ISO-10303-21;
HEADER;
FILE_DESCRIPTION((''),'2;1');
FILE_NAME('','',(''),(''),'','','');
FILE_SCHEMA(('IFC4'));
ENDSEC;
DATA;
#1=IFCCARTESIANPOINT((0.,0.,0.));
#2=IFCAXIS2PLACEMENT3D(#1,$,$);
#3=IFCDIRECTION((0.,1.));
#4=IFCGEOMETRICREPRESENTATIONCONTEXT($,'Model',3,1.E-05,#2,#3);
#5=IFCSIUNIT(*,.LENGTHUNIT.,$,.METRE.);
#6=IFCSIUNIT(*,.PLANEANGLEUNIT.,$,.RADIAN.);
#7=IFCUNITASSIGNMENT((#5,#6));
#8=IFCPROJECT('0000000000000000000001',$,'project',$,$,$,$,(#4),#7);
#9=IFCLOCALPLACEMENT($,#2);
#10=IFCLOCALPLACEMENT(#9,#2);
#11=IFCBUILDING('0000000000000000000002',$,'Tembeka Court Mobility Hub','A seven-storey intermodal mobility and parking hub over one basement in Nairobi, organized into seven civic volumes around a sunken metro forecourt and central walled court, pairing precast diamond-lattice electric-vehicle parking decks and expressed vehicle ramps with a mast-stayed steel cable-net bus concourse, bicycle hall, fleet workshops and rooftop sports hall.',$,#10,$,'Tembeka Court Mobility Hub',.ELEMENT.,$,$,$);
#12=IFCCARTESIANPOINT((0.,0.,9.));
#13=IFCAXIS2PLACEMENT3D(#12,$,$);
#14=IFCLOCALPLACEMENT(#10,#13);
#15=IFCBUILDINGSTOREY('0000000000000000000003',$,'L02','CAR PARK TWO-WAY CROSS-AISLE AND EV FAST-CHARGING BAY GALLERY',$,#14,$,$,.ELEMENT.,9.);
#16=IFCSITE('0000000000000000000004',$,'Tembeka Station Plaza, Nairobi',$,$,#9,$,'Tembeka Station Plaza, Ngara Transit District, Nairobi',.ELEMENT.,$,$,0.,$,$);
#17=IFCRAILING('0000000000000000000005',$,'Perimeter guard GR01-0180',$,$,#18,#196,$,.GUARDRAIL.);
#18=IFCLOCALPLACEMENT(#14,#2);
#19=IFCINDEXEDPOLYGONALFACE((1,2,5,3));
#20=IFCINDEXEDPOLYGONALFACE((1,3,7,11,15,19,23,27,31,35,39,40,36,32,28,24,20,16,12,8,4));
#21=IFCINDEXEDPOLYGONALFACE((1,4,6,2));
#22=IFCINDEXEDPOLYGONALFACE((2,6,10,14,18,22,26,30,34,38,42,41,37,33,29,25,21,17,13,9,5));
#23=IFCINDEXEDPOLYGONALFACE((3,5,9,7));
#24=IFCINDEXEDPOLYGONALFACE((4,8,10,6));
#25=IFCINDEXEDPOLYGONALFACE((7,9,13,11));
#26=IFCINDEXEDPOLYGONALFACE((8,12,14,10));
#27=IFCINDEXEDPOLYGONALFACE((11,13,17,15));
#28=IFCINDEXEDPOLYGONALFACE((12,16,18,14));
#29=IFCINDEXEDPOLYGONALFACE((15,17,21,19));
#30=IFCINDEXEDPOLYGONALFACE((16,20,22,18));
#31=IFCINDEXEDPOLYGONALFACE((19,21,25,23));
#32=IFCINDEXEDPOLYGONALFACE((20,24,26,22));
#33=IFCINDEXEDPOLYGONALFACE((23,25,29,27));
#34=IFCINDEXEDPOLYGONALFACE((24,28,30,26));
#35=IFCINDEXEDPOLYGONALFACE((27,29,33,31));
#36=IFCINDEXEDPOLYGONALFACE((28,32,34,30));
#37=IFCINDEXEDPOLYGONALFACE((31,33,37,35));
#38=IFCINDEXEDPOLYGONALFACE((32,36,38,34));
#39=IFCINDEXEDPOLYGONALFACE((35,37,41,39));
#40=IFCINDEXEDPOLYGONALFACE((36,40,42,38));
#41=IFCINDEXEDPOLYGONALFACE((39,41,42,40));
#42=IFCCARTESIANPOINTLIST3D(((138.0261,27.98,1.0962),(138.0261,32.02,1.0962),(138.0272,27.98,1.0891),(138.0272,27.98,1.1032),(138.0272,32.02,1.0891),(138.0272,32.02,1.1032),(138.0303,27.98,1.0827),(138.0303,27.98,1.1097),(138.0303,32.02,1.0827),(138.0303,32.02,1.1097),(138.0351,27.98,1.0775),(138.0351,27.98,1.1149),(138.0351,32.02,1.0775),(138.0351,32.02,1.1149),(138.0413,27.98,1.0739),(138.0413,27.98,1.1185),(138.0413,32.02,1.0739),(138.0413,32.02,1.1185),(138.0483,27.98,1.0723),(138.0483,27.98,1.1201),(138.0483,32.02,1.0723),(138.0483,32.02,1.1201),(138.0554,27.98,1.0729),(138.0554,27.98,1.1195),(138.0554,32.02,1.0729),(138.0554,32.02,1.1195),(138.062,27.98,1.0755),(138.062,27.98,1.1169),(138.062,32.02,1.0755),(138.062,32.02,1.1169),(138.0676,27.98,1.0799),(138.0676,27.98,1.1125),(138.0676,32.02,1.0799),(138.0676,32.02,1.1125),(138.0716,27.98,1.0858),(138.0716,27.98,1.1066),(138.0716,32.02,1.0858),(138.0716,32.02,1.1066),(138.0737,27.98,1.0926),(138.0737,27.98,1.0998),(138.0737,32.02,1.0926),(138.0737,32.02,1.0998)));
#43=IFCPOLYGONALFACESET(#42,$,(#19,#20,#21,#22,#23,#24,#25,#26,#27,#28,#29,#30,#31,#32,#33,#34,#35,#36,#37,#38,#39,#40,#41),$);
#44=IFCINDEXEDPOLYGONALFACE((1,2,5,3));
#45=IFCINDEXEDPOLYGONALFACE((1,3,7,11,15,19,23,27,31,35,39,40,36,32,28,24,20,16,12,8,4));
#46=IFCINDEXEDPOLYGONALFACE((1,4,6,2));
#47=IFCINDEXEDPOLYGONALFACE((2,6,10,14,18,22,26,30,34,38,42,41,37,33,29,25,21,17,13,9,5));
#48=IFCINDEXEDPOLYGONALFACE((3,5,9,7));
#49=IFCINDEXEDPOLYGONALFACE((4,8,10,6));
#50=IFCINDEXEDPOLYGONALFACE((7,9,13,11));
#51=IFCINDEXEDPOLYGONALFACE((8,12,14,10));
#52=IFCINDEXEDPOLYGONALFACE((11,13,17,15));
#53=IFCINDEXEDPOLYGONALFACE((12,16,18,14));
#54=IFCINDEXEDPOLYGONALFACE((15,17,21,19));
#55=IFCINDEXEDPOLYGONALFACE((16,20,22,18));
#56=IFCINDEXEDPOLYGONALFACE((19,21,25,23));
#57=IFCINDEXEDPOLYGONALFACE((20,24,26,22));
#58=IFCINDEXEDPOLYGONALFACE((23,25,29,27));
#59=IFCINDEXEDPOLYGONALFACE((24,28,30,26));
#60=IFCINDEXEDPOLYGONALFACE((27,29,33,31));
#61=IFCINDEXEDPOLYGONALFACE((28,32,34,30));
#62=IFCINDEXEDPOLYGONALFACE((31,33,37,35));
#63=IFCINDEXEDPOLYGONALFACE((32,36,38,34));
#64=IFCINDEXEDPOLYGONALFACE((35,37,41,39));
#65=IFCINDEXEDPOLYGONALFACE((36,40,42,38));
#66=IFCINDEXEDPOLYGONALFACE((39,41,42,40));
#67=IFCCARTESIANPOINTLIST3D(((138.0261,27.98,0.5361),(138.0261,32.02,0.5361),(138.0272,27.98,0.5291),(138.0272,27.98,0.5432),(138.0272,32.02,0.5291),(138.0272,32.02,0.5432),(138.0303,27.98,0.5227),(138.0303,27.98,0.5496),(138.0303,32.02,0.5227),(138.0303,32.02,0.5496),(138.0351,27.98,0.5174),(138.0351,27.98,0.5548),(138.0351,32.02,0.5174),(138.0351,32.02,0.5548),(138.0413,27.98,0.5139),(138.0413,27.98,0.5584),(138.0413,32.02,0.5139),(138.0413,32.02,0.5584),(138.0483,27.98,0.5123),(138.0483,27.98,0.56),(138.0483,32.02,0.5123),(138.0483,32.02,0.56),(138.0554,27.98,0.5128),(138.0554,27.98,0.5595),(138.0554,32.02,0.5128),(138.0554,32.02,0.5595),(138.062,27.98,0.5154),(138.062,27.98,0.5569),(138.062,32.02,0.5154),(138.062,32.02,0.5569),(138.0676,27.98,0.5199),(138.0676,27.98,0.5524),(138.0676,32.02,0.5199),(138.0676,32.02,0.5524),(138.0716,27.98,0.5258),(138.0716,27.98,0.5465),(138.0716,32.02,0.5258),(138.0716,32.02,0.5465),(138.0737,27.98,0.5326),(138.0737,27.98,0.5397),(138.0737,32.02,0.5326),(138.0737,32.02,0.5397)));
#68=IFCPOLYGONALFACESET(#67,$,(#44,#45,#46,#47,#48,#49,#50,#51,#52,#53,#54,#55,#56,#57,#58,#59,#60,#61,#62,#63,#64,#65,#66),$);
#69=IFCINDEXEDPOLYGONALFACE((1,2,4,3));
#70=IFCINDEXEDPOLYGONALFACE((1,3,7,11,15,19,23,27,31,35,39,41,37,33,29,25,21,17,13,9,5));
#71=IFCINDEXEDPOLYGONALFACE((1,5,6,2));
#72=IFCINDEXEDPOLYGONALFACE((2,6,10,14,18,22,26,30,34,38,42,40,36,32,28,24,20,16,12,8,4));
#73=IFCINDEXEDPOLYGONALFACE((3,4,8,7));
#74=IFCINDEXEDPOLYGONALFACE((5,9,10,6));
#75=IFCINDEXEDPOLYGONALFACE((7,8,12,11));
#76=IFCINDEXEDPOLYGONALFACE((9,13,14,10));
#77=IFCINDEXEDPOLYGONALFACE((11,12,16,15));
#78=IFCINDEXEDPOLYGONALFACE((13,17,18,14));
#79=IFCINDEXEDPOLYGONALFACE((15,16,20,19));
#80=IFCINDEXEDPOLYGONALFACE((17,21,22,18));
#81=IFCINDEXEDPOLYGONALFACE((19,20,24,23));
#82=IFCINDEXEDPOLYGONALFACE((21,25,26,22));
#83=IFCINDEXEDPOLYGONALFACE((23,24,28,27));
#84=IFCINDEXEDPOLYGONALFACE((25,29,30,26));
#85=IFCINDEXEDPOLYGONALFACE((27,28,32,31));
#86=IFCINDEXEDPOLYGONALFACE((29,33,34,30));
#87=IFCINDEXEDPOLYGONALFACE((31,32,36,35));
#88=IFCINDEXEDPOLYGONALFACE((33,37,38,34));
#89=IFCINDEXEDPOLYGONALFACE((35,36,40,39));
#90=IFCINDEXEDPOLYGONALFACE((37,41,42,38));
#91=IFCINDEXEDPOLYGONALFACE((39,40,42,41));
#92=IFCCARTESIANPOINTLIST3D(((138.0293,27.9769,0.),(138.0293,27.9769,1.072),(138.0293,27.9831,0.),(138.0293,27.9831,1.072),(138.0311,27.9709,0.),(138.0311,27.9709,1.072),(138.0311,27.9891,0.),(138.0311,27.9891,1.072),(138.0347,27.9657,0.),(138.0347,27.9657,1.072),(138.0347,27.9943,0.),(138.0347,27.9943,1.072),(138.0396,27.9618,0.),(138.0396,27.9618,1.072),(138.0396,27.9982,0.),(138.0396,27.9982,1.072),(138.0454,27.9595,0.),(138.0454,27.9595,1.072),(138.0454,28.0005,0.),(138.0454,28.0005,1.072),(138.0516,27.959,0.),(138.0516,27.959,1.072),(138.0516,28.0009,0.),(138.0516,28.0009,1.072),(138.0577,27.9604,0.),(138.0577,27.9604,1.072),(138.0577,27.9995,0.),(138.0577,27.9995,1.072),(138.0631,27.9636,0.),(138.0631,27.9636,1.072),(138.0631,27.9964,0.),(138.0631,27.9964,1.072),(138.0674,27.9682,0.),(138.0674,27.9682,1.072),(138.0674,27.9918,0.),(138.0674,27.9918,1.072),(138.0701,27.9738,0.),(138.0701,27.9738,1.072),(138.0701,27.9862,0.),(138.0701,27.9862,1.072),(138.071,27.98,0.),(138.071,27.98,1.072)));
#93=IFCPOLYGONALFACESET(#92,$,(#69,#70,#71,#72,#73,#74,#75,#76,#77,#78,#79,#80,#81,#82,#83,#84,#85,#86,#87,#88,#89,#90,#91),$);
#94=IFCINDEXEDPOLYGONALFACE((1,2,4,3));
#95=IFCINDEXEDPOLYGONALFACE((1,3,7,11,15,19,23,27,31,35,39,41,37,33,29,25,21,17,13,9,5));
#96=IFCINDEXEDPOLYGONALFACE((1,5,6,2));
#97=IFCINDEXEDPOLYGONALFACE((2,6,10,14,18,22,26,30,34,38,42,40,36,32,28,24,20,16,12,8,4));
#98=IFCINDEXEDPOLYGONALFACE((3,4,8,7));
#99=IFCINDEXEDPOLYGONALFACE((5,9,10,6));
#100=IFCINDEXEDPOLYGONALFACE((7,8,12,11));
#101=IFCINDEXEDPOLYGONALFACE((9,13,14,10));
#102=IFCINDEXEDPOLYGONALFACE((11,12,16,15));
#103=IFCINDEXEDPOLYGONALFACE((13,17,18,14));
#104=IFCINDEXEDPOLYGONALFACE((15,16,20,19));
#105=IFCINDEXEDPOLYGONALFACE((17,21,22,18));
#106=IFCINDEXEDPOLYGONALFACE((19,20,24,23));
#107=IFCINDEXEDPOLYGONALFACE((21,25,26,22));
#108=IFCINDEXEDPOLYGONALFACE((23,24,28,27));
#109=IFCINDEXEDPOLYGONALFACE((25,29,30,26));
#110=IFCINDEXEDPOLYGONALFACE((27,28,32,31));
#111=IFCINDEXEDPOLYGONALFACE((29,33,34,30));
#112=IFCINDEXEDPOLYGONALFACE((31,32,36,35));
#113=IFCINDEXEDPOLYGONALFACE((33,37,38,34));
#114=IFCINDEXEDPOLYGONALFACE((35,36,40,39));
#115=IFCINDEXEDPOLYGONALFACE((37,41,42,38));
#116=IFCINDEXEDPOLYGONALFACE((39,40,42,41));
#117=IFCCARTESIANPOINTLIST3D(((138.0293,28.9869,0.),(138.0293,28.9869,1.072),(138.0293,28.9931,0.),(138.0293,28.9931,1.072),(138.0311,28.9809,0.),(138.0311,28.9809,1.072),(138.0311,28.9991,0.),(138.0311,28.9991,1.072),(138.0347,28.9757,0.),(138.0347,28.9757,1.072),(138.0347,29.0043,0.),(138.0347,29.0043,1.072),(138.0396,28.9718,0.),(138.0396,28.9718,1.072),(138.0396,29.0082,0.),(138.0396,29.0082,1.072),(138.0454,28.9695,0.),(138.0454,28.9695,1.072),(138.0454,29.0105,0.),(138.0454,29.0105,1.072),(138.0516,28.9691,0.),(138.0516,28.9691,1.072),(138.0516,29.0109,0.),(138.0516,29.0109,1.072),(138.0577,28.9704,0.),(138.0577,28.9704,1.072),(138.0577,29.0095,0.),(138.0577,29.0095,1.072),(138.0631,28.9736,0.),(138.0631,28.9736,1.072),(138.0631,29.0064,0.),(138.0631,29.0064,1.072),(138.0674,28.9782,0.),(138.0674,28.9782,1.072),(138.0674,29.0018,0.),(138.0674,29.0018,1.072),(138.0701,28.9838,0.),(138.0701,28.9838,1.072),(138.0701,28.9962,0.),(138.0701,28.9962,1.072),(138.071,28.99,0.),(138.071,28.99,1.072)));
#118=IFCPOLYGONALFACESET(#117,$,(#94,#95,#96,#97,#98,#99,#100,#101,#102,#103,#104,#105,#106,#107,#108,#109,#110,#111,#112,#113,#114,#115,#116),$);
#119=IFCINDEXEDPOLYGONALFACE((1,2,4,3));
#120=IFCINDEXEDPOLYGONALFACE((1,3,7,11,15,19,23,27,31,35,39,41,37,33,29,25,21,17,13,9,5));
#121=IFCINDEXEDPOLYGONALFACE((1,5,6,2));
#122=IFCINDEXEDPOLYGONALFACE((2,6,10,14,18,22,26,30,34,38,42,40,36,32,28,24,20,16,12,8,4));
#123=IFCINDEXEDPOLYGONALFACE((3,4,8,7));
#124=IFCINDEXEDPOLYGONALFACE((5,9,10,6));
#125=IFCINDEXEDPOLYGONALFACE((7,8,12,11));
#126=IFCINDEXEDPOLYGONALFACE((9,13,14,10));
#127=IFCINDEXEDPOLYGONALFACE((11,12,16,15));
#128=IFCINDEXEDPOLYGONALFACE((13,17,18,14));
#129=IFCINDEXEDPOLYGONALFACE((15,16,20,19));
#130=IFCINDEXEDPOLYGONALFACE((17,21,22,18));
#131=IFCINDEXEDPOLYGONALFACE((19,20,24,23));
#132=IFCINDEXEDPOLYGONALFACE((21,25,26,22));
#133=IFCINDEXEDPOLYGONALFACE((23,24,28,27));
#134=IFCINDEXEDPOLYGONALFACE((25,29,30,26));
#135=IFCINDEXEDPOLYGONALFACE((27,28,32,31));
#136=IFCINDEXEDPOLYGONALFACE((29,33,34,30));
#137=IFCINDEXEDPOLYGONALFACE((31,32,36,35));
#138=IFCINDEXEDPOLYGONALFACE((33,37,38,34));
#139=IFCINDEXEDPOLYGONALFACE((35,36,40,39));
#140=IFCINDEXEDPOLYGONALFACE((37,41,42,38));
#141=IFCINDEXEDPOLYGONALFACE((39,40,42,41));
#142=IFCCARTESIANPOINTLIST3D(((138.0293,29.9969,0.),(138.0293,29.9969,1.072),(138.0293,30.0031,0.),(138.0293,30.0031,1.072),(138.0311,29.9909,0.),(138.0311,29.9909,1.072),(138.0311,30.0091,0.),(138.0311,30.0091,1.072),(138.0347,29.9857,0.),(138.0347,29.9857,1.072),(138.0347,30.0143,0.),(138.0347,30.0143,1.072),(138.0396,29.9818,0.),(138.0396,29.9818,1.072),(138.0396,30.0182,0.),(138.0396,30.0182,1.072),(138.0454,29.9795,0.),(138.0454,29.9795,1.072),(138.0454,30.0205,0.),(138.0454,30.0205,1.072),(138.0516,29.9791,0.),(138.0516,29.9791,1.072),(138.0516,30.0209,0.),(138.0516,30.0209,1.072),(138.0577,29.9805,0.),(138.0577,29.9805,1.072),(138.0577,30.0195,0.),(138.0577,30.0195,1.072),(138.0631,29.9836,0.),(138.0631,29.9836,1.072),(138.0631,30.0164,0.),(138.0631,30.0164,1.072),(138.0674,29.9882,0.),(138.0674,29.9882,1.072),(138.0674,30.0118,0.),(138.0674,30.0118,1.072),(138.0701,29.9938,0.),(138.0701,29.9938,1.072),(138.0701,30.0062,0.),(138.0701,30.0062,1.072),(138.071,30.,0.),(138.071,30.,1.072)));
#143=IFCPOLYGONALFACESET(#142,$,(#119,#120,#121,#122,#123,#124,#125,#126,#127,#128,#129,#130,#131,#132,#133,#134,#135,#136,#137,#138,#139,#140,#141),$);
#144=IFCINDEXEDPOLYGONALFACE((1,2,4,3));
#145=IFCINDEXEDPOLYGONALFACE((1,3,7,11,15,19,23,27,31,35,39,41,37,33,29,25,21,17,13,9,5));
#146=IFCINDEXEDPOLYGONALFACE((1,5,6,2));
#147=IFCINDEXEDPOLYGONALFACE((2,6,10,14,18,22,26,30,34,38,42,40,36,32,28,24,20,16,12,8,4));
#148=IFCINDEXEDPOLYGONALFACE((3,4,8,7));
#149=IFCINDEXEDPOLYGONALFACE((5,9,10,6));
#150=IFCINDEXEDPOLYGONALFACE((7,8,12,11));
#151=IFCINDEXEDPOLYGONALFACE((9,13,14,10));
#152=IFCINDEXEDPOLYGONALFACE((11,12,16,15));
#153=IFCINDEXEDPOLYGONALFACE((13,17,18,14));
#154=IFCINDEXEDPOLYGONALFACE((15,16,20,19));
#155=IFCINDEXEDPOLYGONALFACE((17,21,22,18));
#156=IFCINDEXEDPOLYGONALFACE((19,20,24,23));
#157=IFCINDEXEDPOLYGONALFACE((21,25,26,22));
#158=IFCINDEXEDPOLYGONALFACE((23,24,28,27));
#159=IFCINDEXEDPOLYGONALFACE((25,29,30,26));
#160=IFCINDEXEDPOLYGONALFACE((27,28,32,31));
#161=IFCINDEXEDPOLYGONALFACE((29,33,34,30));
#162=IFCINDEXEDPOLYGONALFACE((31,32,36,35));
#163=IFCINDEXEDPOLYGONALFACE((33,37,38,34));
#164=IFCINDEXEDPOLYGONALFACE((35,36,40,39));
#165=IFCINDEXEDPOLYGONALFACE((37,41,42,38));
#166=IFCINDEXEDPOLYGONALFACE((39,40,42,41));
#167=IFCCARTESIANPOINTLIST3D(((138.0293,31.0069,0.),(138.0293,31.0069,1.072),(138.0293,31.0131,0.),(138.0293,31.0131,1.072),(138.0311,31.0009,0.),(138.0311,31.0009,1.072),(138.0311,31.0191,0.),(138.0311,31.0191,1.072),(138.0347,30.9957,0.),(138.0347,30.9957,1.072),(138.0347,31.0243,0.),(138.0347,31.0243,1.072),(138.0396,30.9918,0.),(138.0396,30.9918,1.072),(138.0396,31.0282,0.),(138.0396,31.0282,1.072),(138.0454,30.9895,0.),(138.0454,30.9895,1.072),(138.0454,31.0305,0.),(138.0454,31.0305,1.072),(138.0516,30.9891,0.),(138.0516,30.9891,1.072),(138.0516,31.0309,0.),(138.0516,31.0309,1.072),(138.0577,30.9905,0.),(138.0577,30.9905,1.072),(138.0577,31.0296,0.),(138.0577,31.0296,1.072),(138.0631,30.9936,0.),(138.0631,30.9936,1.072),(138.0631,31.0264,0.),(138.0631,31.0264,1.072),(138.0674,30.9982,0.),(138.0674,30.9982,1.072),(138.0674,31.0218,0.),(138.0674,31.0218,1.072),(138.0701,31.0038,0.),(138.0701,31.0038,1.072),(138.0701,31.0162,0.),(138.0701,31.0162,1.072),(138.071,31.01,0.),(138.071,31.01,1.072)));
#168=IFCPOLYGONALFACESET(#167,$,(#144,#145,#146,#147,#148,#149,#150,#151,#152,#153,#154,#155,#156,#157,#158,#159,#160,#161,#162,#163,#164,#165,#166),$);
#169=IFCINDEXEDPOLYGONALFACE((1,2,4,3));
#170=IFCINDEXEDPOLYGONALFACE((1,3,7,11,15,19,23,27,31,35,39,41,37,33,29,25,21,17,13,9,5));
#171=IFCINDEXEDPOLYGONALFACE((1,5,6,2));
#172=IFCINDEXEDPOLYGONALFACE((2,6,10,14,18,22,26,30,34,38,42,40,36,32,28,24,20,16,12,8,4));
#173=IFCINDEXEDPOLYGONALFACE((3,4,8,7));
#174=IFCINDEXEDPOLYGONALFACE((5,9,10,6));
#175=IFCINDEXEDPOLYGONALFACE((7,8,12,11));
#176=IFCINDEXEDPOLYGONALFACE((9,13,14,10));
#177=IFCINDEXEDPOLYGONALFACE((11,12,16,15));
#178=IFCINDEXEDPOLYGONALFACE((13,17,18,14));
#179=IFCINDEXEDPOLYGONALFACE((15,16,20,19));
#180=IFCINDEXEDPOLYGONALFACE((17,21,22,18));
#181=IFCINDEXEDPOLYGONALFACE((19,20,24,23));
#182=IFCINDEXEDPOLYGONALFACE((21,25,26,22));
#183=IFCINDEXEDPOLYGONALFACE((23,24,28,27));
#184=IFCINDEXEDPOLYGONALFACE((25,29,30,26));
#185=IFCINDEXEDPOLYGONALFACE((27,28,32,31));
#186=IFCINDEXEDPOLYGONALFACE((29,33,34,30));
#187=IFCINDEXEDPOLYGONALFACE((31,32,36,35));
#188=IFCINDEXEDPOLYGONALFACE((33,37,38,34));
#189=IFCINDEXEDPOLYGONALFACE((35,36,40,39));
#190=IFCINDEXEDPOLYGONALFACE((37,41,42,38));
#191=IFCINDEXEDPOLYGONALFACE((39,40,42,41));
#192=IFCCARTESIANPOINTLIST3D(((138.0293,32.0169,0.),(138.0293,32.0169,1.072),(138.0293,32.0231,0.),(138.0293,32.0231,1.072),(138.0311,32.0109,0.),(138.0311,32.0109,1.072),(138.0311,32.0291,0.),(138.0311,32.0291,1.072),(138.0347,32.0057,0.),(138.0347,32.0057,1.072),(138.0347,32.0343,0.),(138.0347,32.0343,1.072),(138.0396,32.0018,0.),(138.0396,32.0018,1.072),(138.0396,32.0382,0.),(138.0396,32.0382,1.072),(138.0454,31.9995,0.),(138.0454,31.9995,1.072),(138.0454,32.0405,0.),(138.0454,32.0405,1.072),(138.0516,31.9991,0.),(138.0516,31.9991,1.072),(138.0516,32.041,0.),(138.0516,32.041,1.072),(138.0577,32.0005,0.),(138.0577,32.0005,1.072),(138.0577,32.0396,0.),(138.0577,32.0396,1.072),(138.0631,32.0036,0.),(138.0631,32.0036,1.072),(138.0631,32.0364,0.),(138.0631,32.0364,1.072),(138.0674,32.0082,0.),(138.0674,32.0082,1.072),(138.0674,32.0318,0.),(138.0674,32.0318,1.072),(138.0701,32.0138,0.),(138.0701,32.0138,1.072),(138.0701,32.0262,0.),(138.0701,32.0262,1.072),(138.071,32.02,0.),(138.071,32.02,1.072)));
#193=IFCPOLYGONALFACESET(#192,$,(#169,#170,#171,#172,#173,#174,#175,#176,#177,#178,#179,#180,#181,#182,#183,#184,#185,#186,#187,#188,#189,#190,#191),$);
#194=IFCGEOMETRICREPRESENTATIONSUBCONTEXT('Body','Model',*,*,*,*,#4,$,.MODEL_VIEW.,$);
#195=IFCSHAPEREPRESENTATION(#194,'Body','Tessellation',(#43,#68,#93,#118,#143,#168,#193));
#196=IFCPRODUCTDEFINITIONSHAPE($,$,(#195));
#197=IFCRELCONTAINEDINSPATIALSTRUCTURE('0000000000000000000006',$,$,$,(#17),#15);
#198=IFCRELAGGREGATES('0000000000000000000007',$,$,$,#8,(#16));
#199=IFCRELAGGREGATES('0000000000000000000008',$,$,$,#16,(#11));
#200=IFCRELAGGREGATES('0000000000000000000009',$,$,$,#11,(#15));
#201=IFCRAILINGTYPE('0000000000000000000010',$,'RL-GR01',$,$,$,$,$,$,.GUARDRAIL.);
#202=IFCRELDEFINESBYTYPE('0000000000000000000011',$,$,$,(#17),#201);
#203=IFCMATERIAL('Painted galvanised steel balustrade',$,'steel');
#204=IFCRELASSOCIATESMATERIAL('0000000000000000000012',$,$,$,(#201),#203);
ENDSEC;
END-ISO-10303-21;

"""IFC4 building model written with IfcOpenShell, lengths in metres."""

from ifc_helpers import new_model, si_unit, direction, frame, origin, origin_2d, place, context, subcontext, project, spatial, circle, extrude, material, type_object, element, save


model = new_model("IFC4")

# Units and contexts
model_context = context("Model", 3, precision=1e-05, world=origin(), true_north=direction((0.0, 1.0)))
body_context = subcontext(model_context, "Body", "Model", "MODEL_VIEW")
ifc_project = project(units=[si_unit("LENGTHUNIT", "METRE"), si_unit("PLANEANGLEUNIT", "RADIAN")], contexts=[model_context])

# Site, building, storey
site_placement = place(None, origin())
site = spatial("IfcSite", under=ifc_project, at=site_placement, Name="Tembeka Station Plaza, Nairobi", LongName="Tembeka Station Plaza, Ngara Transit District, Nairobi", CompositionType="ELEMENT", RefElevation=0.0)
building_placement = place(site_placement, origin())
building = spatial("IfcBuilding", under=site, at=building_placement, Name="Tembeka Court Mobility Hub", Description="A seven-storey intermodal mobility and parking hub over one basement in Nairobi, organized into seven civic volumes around a sunken metro forecourt and central walled court, pairing precast diamond-lattice electric-vehicle parking decks and expressed vehicle ramps with a mast-stayed steel cable-net bus concourse, bicycle hall, fleet workshops and rooftop sports hall.", LongName="Tembeka Court Mobility Hub", CompositionType="ELEMENT")
storey_placement = place(building_placement, frame((0.0, 0.0, 9.0)))
storey = spatial("IfcBuildingStorey", under=building, at=storey_placement, Name="L02", Description="CAR PARK TWO-WAY CROSS-AISLE AND EV FAST-CHARGING BAY GALLERY", CompositionType="ELEMENT", Elevation=9.0)

# Railing
ifc_material_1 = material(Name="Painted galvanised steel balustrade", Category="steel")
railing_type = type_object("IfcRailingType", Name="RL-GR01", PredefinedType="GUARDRAIL", material=ifc_material_1)
railing_1_placement = place(storey_placement, frame((138.05, 27.98, 0.0)))
element("IfcRailing", 1, at=railing_1_placement, inside=storey, type_object=railing_type, Name="Perimeter guard GR01-0180", PredefinedType="GUARDRAIL", context=body_context, shape_type="SweptSolid", body=[
    extrude(circle(Radius=0.0239, at=origin_2d()), frame((0.0, 0.0, 1.0962), z_axis=(0.0, 1.0, 0.0), x_axis=(-1.0, 0.0, 0.0)), (0.0, 0.0, 1.0), 4.04),
    extrude(circle(Radius=0.0239, at=origin_2d()), frame((0.0, 0.0, 0.5361), z_axis=(0.0, 1.0, 0.0), x_axis=(-1.0, 0.0, 0.0)), (0.0, 0.0, 1.0), 4.04),
    extrude(circle(Radius=0.021, at=origin_2d()), origin(), (0.0, 0.0, 1.0), 1.072),
    extrude(circle(Radius=0.021, at=origin_2d()), frame((0.0, 1.01, 0.0)), (0.0, 0.0, 1.0), 1.072),
    extrude(circle(Radius=0.021, at=origin_2d()), frame((0.0, 2.02, 0.0)), (0.0, 0.0, 1.0), 1.072),
    extrude(circle(Radius=0.021, at=origin_2d()), frame((0.0, 3.03, 0.0)), (0.0, 0.0, 1.0), 1.072),
    extrude(circle(Radius=0.021, at=origin_2d()), frame((0.0, 4.04, 0.0)), (0.0, 0.0, 1.0), 1.072),
])

save(model, "model.ifc")
